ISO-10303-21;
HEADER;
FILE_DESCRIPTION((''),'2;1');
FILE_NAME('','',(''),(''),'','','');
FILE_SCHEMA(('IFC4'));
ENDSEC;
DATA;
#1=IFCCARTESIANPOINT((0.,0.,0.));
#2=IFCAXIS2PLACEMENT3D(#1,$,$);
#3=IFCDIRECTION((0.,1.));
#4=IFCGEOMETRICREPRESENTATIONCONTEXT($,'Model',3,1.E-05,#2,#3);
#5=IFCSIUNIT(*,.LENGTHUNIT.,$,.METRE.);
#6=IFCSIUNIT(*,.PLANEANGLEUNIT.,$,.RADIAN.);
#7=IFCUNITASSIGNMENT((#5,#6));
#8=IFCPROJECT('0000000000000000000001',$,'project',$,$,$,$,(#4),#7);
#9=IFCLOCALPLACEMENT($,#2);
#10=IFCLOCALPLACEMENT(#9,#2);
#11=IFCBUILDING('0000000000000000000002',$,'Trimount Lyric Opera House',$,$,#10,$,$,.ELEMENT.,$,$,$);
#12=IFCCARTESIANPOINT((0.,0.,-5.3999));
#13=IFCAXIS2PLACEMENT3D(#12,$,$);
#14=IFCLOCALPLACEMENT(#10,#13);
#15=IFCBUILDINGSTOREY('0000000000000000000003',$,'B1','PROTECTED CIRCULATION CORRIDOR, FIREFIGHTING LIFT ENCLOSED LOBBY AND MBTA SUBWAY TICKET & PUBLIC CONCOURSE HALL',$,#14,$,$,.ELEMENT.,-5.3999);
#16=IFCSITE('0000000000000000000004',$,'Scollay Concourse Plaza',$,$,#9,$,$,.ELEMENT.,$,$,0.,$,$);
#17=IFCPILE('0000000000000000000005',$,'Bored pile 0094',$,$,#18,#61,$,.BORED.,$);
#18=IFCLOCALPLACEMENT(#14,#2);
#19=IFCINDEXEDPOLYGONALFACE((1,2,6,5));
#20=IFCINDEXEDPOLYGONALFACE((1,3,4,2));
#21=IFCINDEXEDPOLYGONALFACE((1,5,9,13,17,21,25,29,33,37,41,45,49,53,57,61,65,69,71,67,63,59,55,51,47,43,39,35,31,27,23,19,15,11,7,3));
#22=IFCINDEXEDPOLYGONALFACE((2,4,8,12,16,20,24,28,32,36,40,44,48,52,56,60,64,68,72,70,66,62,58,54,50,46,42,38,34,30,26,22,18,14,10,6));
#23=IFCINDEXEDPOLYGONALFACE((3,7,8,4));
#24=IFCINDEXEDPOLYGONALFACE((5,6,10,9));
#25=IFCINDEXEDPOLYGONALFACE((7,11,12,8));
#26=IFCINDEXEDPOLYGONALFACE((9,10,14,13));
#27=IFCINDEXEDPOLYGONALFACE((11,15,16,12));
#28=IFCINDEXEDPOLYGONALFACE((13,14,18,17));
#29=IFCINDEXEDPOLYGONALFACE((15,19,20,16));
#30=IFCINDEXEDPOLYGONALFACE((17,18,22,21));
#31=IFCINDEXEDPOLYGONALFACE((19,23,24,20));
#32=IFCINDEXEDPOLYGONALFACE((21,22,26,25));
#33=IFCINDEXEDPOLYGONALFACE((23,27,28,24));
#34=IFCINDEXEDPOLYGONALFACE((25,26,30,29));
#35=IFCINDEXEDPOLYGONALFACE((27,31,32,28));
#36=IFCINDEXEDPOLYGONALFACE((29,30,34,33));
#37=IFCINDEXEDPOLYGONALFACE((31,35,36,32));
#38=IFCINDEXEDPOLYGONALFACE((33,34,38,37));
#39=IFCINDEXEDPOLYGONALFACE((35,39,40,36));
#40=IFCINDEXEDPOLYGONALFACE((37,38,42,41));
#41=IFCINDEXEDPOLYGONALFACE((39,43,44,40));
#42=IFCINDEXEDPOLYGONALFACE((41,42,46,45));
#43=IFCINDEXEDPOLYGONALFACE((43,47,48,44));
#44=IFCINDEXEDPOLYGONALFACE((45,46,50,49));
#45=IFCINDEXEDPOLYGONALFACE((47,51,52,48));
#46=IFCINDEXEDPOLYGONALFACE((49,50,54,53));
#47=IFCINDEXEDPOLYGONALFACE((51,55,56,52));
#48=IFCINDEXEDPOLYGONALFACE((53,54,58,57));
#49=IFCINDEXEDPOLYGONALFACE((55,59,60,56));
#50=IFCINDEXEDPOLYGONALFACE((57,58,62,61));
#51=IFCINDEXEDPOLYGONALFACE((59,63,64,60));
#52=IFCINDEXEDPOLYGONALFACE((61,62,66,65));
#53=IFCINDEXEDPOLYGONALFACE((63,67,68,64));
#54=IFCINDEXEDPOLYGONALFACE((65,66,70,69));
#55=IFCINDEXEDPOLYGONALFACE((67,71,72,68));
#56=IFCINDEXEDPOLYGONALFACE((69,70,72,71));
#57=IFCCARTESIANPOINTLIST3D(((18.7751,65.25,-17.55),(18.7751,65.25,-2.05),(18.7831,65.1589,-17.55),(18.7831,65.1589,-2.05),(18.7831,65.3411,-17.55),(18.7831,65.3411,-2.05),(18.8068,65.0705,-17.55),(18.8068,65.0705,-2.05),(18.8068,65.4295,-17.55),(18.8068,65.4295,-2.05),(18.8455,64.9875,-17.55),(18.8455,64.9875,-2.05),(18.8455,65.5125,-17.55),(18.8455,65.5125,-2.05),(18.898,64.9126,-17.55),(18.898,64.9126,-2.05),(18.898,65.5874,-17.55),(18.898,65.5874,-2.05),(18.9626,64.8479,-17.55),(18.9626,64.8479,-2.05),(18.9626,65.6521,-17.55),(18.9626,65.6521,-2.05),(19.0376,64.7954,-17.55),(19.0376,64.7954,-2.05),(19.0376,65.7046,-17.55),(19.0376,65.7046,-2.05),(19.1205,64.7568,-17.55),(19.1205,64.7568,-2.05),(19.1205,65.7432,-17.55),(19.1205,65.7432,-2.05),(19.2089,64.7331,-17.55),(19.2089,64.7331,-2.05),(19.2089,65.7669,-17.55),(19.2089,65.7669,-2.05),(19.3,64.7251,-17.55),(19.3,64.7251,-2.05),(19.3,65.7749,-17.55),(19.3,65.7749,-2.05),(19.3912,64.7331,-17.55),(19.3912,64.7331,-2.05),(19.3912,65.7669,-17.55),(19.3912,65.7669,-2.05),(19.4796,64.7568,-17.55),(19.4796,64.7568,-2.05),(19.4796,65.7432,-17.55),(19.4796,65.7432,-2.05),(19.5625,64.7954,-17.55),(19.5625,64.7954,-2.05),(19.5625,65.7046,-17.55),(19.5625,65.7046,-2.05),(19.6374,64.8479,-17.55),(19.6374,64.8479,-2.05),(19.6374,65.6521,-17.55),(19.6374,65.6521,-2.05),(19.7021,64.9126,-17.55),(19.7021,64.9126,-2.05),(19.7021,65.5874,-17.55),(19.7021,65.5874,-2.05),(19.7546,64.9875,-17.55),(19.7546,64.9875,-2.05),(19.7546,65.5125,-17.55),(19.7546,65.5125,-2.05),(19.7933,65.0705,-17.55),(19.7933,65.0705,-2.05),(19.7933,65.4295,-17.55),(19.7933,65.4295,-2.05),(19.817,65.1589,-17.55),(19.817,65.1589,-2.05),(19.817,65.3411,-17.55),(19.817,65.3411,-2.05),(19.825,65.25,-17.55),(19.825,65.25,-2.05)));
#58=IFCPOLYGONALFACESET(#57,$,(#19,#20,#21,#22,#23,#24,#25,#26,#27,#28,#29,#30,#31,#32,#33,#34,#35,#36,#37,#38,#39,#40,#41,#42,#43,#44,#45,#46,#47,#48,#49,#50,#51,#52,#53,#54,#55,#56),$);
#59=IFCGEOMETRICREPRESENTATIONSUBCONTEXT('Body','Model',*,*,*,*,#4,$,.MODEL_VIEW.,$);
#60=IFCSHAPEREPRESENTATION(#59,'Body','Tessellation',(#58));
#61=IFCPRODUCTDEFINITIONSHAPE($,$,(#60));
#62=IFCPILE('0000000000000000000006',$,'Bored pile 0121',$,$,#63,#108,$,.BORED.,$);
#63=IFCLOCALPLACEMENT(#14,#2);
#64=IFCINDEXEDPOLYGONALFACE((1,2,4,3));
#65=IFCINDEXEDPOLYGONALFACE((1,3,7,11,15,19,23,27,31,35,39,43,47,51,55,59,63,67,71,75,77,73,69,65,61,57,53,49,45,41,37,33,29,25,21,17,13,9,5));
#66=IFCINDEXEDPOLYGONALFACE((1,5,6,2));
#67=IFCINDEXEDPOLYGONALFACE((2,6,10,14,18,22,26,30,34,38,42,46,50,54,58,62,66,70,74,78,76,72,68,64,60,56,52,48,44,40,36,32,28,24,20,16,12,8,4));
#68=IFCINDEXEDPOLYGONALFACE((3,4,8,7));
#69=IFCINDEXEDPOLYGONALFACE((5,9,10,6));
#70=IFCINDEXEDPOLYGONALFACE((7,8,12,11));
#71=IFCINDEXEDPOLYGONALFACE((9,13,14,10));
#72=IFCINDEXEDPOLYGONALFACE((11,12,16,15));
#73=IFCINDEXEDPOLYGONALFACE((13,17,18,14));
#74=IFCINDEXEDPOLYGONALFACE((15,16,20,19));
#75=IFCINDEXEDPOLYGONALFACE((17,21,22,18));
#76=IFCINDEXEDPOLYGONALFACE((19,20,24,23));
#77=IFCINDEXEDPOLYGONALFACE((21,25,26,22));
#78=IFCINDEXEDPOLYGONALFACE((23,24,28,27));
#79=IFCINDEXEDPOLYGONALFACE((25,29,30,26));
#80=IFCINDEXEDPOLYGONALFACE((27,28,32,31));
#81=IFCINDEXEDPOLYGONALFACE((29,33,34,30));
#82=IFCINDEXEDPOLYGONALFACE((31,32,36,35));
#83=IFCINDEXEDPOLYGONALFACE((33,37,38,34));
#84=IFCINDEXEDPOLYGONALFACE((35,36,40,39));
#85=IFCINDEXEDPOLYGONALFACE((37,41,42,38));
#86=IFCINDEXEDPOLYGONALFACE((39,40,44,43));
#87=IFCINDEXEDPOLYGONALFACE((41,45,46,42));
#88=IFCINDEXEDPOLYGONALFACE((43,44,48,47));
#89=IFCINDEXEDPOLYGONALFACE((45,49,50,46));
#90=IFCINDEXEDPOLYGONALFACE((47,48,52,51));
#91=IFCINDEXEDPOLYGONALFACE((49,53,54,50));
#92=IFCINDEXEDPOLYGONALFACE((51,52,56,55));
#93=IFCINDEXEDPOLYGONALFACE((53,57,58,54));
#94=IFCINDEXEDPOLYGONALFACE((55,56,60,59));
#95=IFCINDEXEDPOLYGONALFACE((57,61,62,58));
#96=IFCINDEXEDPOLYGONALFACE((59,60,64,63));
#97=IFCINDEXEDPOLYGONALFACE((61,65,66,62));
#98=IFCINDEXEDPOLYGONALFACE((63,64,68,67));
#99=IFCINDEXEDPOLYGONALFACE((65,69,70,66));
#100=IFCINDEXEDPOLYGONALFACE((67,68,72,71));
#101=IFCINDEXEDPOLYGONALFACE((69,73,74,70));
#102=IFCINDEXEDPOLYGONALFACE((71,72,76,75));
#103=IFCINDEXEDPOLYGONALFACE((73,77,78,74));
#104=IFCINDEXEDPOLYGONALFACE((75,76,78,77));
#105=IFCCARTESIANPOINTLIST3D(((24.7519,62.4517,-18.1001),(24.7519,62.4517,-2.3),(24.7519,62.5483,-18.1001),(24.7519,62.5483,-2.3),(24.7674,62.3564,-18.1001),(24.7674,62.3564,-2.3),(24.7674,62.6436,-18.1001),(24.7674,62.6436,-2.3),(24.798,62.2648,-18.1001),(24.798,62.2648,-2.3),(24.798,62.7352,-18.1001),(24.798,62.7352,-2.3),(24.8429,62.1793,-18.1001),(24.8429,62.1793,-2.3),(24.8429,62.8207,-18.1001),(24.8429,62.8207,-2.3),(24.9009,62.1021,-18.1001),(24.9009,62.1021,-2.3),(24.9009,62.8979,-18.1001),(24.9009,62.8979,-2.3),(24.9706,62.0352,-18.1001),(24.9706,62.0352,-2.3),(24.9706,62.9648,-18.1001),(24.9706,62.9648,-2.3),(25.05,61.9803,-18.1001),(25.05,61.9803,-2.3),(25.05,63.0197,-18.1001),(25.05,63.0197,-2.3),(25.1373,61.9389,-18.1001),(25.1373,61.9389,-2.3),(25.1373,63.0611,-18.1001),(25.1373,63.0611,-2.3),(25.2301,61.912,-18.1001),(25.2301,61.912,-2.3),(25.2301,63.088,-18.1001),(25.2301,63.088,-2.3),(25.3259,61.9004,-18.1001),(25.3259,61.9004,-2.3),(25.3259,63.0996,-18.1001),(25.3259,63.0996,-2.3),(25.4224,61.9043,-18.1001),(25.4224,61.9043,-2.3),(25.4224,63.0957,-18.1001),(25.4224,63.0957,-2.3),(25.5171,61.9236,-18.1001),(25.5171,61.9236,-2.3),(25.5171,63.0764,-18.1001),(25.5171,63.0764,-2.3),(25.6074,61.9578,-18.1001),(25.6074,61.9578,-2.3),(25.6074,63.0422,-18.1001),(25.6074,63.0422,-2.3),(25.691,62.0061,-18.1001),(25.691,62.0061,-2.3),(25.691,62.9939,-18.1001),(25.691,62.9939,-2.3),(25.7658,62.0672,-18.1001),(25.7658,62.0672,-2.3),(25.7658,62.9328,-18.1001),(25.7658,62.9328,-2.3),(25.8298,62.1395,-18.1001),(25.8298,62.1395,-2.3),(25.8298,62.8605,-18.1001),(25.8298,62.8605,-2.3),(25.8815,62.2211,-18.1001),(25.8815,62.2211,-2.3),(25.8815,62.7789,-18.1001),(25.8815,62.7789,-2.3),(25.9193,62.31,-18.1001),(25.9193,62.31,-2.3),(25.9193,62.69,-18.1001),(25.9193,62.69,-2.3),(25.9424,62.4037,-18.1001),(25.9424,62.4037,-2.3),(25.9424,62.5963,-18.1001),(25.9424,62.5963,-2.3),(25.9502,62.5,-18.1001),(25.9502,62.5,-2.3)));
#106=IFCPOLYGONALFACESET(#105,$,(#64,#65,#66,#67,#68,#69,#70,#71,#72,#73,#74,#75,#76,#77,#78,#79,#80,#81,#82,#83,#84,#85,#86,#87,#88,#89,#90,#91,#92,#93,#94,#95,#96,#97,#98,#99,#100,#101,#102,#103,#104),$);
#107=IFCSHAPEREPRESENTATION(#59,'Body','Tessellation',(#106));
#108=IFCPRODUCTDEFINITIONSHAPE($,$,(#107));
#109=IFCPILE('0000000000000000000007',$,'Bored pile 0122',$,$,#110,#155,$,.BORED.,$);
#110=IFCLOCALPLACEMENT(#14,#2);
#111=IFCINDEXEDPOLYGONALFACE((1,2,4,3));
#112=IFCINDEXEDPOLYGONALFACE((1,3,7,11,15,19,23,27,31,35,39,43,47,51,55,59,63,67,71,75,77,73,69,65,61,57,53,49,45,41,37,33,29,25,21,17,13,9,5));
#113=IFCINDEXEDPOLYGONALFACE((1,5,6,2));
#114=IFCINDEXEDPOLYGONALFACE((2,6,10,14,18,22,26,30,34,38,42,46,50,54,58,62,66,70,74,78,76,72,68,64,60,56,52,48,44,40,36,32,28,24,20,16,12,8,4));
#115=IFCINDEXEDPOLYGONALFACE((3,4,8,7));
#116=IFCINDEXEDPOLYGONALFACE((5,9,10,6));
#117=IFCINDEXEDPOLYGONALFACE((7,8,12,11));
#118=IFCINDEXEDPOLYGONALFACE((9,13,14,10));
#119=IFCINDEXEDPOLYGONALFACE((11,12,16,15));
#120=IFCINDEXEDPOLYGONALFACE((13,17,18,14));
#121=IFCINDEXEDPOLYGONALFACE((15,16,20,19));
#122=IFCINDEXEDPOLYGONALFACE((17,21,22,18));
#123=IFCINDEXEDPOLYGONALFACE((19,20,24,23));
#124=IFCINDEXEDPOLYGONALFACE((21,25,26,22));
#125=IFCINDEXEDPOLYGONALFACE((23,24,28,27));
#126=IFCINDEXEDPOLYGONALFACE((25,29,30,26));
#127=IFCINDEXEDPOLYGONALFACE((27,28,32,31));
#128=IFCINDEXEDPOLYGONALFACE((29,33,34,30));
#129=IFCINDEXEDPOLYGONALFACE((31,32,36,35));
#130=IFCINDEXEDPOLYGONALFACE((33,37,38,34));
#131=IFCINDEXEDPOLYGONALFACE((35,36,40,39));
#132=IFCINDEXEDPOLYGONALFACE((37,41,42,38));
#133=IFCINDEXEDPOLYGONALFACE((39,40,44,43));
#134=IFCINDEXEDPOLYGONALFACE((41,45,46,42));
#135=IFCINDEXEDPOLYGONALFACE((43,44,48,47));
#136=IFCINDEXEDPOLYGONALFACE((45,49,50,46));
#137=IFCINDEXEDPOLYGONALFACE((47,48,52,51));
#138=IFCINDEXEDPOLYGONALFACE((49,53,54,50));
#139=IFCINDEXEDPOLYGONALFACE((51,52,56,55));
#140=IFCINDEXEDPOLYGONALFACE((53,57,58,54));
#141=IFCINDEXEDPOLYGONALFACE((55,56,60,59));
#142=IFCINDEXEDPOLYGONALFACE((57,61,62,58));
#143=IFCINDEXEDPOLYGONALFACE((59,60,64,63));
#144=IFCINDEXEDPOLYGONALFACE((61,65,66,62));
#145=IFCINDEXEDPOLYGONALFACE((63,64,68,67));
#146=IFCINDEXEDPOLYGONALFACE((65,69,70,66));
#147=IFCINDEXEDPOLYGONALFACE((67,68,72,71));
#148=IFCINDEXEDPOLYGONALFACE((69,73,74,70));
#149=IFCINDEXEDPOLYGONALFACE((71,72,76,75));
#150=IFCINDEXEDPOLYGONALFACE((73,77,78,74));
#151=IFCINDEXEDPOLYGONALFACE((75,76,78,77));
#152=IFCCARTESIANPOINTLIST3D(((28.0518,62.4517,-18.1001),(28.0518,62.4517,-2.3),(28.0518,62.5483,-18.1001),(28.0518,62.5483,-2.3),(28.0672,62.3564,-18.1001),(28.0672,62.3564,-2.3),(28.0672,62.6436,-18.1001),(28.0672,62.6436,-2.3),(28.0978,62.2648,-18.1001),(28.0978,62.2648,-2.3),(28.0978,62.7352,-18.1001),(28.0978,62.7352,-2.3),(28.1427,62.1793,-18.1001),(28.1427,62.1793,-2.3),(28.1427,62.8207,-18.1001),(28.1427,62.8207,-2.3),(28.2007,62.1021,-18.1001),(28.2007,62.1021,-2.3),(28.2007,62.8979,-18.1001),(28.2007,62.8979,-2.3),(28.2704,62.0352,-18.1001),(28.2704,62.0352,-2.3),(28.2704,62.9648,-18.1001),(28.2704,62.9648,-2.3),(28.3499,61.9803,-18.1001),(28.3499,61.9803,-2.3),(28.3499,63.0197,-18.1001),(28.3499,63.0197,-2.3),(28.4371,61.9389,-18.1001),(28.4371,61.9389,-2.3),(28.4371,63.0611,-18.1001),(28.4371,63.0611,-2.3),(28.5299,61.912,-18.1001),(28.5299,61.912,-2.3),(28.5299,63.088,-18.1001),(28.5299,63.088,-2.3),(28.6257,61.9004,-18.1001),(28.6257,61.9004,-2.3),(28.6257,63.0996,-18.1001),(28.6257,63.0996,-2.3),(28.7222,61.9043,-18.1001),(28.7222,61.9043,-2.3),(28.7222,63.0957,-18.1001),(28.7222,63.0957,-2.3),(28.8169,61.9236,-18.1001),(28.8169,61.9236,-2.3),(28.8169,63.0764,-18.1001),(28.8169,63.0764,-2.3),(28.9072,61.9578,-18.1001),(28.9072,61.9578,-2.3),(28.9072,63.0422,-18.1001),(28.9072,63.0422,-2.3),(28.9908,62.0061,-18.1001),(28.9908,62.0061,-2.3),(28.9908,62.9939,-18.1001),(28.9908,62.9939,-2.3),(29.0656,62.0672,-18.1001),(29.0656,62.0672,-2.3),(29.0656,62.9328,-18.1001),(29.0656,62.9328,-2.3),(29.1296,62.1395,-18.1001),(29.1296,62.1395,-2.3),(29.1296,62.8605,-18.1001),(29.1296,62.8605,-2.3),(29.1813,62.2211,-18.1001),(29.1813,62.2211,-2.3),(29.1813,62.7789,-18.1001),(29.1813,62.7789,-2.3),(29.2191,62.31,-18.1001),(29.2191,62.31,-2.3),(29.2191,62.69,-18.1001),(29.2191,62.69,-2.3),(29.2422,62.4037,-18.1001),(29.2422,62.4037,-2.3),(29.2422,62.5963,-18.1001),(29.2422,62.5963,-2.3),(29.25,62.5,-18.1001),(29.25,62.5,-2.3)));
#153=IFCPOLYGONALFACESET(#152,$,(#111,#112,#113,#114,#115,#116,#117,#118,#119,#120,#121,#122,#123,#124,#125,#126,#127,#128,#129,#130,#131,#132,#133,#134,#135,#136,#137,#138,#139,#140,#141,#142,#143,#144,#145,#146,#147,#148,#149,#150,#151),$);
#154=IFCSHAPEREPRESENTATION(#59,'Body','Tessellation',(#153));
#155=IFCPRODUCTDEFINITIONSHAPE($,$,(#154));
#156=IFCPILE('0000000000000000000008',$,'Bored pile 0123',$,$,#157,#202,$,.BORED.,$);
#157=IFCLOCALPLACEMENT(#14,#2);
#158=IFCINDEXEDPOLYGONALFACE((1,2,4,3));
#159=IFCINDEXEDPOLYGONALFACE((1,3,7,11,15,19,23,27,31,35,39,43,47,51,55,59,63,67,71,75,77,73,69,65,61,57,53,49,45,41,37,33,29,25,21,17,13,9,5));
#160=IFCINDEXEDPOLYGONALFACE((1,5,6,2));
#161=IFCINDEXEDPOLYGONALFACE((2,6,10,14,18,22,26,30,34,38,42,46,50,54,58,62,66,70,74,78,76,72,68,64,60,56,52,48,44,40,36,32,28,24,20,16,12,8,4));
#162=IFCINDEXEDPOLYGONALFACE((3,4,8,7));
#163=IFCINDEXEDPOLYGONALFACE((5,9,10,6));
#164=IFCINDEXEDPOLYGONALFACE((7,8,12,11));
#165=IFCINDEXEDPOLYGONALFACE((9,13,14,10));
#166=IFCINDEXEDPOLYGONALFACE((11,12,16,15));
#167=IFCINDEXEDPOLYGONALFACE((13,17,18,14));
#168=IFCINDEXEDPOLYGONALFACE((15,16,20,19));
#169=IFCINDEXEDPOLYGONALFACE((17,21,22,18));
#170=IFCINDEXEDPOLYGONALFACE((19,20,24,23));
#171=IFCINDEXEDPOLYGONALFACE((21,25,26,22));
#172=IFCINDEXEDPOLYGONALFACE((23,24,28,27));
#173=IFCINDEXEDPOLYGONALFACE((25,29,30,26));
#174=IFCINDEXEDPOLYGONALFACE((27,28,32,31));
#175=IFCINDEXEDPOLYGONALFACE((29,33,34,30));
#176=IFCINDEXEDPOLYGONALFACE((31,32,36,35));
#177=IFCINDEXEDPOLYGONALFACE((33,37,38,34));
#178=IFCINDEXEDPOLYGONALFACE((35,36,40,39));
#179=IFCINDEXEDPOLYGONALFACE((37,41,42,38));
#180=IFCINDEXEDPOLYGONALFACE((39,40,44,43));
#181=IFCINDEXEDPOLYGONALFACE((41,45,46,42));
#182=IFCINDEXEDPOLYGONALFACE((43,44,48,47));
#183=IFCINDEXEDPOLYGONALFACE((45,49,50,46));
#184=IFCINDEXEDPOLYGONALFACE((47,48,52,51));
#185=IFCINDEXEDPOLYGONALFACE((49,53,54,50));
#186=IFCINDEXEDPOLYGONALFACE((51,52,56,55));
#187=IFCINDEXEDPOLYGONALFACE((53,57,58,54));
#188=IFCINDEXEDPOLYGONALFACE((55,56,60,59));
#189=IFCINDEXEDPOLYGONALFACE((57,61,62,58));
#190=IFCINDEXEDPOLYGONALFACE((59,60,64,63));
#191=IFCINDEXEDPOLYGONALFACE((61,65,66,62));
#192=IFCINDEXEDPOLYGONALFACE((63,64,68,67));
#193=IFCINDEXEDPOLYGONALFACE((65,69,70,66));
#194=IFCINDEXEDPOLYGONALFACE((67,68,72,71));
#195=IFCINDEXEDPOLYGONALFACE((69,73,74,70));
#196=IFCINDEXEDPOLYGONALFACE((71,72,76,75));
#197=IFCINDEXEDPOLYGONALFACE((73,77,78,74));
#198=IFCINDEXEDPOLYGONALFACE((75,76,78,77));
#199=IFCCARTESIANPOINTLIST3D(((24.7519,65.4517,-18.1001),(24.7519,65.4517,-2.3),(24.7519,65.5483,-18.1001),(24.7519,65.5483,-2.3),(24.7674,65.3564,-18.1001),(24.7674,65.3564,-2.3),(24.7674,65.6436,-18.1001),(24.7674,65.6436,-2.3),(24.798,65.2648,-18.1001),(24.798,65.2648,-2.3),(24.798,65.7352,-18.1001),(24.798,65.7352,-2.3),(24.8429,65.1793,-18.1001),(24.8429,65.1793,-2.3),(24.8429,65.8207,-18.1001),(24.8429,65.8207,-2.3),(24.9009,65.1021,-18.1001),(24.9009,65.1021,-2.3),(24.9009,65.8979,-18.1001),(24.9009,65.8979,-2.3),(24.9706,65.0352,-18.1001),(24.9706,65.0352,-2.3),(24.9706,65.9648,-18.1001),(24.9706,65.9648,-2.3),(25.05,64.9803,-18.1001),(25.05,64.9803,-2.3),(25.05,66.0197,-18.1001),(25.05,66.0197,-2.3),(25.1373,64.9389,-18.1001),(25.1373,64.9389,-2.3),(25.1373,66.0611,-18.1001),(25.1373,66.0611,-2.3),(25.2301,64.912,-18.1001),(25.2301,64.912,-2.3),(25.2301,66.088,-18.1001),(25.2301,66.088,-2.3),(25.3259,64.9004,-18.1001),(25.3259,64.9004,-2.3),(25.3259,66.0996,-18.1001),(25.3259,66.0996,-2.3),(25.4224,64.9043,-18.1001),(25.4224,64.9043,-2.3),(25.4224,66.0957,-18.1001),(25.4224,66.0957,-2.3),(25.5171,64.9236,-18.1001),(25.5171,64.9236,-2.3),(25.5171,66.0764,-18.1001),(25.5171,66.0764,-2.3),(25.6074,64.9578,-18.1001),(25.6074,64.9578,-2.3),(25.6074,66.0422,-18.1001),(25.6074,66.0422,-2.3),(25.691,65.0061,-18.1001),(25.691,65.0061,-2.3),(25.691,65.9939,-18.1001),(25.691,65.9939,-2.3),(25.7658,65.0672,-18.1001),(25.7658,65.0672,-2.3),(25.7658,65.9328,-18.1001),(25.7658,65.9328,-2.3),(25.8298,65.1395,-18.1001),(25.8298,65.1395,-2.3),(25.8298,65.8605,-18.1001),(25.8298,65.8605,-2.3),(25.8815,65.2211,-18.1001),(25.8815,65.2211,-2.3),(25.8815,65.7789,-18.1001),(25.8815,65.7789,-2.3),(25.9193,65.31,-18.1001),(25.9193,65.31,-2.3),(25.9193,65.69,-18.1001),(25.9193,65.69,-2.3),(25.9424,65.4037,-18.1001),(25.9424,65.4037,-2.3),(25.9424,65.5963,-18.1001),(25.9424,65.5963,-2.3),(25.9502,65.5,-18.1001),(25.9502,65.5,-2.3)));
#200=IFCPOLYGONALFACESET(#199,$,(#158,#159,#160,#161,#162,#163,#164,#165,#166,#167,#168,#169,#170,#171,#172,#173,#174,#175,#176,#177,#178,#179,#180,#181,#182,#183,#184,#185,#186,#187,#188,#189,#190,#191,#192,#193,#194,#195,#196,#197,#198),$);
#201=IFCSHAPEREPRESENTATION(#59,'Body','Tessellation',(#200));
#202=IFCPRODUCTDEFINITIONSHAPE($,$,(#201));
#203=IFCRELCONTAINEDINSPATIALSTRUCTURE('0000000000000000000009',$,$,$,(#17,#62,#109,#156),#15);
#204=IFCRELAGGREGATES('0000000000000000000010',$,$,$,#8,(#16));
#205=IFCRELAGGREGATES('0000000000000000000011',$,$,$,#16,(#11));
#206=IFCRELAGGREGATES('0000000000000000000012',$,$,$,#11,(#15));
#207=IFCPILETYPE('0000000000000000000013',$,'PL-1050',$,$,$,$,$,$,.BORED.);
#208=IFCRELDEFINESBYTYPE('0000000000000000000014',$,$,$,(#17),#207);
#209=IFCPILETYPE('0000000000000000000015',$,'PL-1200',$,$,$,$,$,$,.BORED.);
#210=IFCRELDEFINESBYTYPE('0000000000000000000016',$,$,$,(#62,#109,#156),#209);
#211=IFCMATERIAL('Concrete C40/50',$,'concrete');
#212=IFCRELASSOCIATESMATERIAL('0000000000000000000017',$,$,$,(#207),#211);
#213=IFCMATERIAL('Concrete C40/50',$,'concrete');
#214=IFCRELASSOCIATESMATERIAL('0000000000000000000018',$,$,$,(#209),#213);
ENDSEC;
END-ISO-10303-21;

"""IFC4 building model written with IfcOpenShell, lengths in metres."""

from ifc_helpers import new_model, si_unit, direction, frame, origin, origin_2d, place, context, subcontext, project, spatial, circle, extrude, material, material_profile, profile_set, type_object, element, save


model = new_model("IFC4")

# Units and contexts
model_context = context("Model", 3, precision=1e-05, world=origin(), true_north=direction((0.0, 1.0)))
body_context = subcontext(model_context, "Body", "Model", "MODEL_VIEW")
ifc_project = project(units=[si_unit("LENGTHUNIT", "METRE"), si_unit("PLANEANGLEUNIT", "RADIAN")], contexts=[model_context])

# Site, building, storey
site_placement = place(None, origin())
site = spatial("IfcSite", under=ifc_project, at=site_placement, Name="Scollay Concourse Plaza", CompositionType="ELEMENT", RefElevation=0.0)
building_placement = place(site_placement, origin())
building = spatial("IfcBuilding", under=site, at=building_placement, Name="Trimount Lyric Opera House", CompositionType="ELEMENT")
storey_placement = place(building_placement, frame((0.0, 0.0, -5.3999)))
storey = spatial("IfcBuildingStorey", under=building, at=storey_placement, Name="B1", Description="PROTECTED CIRCULATION CORRIDOR, FIREFIGHTING LIFT ENCLOSED LOBBY AND MBTA SUBWAY TICKET & PUBLIC CONCOURSE HALL", CompositionType="ELEMENT", Elevation=-5.3999)

# Piles
ifc_material_1 = material(Name="Concrete C40/50", Category="concrete")
ifc_material_profile_1 = material_profile(ifc_material_1, circle(Radius=0.5249, at=origin_2d()), Name="PILE-D1050")
ifc_profile_set_1 = profile_set([ifc_material_profile_1], Name="Concrete C40/50")
pile_type_1 = type_object("IfcPileType", Name="PL-1050", PredefinedType="BORED", material=ifc_profile_set_1)
for number, where, z_axis, x_axis, name in (
    (1, (19.3, 65.25, -2.05), (0.0, 0.0, -1.0), (1.0, 0.0, 0.0), "Bored pile 0094"),
):
    element("IfcPile", number, at=place(storey_placement, frame(where, z_axis=z_axis, x_axis=x_axis)), inside=storey, type_object=pile_type_1, Name=name, PredefinedType="BORED", context=body_context, shape_type="SweptSolid", body=[
        extrude(circle(Radius=0.5249, at=origin_2d()), origin(), (0.0, 0.0, 1.0), 15.5),
    ])
ifc_material_2 = material(Name="Concrete C40/50", Category="concrete")
ifc_material_profile_2 = material_profile(ifc_material_2, circle(Radius=0.6001, at=origin_2d()), Name="PILE-D1200")
ifc_profile_set_2 = profile_set([ifc_material_profile_2], Name="Concrete C40/50")
pile_type_2 = type_object("IfcPileType", Name="PL-1200", PredefinedType="BORED", material=ifc_profile_set_2)
for number, where, z_axis, x_axis, name in (
    (2, (25.3501, 62.5, -2.3), (0.0, 0.0, -1.0), (1.0, 0.0, 0.0), "Bored pile 0121"),
    (3, (28.6499, 62.5, -2.3), (0.0, 0.0, -1.0), (1.0, 0.0, 0.0), "Bored pile 0122"),
    (4, (25.3501, 65.5, -2.3), (0.0, 0.0, -1.0), (1.0, 0.0, 0.0), "Bored pile 0123"),
):
    element("IfcPile", number, at=place(storey_placement, frame(where, z_axis=z_axis, x_axis=x_axis)), inside=storey, type_object=pile_type_2, Name=name, PredefinedType="BORED", context=body_context, shape_type="SweptSolid", body=[
        extrude(circle(Radius=0.6001, at=origin_2d()), origin(), (0.0, 0.0, 1.0), 15.8),
    ])

save(model, "model.ifc")
